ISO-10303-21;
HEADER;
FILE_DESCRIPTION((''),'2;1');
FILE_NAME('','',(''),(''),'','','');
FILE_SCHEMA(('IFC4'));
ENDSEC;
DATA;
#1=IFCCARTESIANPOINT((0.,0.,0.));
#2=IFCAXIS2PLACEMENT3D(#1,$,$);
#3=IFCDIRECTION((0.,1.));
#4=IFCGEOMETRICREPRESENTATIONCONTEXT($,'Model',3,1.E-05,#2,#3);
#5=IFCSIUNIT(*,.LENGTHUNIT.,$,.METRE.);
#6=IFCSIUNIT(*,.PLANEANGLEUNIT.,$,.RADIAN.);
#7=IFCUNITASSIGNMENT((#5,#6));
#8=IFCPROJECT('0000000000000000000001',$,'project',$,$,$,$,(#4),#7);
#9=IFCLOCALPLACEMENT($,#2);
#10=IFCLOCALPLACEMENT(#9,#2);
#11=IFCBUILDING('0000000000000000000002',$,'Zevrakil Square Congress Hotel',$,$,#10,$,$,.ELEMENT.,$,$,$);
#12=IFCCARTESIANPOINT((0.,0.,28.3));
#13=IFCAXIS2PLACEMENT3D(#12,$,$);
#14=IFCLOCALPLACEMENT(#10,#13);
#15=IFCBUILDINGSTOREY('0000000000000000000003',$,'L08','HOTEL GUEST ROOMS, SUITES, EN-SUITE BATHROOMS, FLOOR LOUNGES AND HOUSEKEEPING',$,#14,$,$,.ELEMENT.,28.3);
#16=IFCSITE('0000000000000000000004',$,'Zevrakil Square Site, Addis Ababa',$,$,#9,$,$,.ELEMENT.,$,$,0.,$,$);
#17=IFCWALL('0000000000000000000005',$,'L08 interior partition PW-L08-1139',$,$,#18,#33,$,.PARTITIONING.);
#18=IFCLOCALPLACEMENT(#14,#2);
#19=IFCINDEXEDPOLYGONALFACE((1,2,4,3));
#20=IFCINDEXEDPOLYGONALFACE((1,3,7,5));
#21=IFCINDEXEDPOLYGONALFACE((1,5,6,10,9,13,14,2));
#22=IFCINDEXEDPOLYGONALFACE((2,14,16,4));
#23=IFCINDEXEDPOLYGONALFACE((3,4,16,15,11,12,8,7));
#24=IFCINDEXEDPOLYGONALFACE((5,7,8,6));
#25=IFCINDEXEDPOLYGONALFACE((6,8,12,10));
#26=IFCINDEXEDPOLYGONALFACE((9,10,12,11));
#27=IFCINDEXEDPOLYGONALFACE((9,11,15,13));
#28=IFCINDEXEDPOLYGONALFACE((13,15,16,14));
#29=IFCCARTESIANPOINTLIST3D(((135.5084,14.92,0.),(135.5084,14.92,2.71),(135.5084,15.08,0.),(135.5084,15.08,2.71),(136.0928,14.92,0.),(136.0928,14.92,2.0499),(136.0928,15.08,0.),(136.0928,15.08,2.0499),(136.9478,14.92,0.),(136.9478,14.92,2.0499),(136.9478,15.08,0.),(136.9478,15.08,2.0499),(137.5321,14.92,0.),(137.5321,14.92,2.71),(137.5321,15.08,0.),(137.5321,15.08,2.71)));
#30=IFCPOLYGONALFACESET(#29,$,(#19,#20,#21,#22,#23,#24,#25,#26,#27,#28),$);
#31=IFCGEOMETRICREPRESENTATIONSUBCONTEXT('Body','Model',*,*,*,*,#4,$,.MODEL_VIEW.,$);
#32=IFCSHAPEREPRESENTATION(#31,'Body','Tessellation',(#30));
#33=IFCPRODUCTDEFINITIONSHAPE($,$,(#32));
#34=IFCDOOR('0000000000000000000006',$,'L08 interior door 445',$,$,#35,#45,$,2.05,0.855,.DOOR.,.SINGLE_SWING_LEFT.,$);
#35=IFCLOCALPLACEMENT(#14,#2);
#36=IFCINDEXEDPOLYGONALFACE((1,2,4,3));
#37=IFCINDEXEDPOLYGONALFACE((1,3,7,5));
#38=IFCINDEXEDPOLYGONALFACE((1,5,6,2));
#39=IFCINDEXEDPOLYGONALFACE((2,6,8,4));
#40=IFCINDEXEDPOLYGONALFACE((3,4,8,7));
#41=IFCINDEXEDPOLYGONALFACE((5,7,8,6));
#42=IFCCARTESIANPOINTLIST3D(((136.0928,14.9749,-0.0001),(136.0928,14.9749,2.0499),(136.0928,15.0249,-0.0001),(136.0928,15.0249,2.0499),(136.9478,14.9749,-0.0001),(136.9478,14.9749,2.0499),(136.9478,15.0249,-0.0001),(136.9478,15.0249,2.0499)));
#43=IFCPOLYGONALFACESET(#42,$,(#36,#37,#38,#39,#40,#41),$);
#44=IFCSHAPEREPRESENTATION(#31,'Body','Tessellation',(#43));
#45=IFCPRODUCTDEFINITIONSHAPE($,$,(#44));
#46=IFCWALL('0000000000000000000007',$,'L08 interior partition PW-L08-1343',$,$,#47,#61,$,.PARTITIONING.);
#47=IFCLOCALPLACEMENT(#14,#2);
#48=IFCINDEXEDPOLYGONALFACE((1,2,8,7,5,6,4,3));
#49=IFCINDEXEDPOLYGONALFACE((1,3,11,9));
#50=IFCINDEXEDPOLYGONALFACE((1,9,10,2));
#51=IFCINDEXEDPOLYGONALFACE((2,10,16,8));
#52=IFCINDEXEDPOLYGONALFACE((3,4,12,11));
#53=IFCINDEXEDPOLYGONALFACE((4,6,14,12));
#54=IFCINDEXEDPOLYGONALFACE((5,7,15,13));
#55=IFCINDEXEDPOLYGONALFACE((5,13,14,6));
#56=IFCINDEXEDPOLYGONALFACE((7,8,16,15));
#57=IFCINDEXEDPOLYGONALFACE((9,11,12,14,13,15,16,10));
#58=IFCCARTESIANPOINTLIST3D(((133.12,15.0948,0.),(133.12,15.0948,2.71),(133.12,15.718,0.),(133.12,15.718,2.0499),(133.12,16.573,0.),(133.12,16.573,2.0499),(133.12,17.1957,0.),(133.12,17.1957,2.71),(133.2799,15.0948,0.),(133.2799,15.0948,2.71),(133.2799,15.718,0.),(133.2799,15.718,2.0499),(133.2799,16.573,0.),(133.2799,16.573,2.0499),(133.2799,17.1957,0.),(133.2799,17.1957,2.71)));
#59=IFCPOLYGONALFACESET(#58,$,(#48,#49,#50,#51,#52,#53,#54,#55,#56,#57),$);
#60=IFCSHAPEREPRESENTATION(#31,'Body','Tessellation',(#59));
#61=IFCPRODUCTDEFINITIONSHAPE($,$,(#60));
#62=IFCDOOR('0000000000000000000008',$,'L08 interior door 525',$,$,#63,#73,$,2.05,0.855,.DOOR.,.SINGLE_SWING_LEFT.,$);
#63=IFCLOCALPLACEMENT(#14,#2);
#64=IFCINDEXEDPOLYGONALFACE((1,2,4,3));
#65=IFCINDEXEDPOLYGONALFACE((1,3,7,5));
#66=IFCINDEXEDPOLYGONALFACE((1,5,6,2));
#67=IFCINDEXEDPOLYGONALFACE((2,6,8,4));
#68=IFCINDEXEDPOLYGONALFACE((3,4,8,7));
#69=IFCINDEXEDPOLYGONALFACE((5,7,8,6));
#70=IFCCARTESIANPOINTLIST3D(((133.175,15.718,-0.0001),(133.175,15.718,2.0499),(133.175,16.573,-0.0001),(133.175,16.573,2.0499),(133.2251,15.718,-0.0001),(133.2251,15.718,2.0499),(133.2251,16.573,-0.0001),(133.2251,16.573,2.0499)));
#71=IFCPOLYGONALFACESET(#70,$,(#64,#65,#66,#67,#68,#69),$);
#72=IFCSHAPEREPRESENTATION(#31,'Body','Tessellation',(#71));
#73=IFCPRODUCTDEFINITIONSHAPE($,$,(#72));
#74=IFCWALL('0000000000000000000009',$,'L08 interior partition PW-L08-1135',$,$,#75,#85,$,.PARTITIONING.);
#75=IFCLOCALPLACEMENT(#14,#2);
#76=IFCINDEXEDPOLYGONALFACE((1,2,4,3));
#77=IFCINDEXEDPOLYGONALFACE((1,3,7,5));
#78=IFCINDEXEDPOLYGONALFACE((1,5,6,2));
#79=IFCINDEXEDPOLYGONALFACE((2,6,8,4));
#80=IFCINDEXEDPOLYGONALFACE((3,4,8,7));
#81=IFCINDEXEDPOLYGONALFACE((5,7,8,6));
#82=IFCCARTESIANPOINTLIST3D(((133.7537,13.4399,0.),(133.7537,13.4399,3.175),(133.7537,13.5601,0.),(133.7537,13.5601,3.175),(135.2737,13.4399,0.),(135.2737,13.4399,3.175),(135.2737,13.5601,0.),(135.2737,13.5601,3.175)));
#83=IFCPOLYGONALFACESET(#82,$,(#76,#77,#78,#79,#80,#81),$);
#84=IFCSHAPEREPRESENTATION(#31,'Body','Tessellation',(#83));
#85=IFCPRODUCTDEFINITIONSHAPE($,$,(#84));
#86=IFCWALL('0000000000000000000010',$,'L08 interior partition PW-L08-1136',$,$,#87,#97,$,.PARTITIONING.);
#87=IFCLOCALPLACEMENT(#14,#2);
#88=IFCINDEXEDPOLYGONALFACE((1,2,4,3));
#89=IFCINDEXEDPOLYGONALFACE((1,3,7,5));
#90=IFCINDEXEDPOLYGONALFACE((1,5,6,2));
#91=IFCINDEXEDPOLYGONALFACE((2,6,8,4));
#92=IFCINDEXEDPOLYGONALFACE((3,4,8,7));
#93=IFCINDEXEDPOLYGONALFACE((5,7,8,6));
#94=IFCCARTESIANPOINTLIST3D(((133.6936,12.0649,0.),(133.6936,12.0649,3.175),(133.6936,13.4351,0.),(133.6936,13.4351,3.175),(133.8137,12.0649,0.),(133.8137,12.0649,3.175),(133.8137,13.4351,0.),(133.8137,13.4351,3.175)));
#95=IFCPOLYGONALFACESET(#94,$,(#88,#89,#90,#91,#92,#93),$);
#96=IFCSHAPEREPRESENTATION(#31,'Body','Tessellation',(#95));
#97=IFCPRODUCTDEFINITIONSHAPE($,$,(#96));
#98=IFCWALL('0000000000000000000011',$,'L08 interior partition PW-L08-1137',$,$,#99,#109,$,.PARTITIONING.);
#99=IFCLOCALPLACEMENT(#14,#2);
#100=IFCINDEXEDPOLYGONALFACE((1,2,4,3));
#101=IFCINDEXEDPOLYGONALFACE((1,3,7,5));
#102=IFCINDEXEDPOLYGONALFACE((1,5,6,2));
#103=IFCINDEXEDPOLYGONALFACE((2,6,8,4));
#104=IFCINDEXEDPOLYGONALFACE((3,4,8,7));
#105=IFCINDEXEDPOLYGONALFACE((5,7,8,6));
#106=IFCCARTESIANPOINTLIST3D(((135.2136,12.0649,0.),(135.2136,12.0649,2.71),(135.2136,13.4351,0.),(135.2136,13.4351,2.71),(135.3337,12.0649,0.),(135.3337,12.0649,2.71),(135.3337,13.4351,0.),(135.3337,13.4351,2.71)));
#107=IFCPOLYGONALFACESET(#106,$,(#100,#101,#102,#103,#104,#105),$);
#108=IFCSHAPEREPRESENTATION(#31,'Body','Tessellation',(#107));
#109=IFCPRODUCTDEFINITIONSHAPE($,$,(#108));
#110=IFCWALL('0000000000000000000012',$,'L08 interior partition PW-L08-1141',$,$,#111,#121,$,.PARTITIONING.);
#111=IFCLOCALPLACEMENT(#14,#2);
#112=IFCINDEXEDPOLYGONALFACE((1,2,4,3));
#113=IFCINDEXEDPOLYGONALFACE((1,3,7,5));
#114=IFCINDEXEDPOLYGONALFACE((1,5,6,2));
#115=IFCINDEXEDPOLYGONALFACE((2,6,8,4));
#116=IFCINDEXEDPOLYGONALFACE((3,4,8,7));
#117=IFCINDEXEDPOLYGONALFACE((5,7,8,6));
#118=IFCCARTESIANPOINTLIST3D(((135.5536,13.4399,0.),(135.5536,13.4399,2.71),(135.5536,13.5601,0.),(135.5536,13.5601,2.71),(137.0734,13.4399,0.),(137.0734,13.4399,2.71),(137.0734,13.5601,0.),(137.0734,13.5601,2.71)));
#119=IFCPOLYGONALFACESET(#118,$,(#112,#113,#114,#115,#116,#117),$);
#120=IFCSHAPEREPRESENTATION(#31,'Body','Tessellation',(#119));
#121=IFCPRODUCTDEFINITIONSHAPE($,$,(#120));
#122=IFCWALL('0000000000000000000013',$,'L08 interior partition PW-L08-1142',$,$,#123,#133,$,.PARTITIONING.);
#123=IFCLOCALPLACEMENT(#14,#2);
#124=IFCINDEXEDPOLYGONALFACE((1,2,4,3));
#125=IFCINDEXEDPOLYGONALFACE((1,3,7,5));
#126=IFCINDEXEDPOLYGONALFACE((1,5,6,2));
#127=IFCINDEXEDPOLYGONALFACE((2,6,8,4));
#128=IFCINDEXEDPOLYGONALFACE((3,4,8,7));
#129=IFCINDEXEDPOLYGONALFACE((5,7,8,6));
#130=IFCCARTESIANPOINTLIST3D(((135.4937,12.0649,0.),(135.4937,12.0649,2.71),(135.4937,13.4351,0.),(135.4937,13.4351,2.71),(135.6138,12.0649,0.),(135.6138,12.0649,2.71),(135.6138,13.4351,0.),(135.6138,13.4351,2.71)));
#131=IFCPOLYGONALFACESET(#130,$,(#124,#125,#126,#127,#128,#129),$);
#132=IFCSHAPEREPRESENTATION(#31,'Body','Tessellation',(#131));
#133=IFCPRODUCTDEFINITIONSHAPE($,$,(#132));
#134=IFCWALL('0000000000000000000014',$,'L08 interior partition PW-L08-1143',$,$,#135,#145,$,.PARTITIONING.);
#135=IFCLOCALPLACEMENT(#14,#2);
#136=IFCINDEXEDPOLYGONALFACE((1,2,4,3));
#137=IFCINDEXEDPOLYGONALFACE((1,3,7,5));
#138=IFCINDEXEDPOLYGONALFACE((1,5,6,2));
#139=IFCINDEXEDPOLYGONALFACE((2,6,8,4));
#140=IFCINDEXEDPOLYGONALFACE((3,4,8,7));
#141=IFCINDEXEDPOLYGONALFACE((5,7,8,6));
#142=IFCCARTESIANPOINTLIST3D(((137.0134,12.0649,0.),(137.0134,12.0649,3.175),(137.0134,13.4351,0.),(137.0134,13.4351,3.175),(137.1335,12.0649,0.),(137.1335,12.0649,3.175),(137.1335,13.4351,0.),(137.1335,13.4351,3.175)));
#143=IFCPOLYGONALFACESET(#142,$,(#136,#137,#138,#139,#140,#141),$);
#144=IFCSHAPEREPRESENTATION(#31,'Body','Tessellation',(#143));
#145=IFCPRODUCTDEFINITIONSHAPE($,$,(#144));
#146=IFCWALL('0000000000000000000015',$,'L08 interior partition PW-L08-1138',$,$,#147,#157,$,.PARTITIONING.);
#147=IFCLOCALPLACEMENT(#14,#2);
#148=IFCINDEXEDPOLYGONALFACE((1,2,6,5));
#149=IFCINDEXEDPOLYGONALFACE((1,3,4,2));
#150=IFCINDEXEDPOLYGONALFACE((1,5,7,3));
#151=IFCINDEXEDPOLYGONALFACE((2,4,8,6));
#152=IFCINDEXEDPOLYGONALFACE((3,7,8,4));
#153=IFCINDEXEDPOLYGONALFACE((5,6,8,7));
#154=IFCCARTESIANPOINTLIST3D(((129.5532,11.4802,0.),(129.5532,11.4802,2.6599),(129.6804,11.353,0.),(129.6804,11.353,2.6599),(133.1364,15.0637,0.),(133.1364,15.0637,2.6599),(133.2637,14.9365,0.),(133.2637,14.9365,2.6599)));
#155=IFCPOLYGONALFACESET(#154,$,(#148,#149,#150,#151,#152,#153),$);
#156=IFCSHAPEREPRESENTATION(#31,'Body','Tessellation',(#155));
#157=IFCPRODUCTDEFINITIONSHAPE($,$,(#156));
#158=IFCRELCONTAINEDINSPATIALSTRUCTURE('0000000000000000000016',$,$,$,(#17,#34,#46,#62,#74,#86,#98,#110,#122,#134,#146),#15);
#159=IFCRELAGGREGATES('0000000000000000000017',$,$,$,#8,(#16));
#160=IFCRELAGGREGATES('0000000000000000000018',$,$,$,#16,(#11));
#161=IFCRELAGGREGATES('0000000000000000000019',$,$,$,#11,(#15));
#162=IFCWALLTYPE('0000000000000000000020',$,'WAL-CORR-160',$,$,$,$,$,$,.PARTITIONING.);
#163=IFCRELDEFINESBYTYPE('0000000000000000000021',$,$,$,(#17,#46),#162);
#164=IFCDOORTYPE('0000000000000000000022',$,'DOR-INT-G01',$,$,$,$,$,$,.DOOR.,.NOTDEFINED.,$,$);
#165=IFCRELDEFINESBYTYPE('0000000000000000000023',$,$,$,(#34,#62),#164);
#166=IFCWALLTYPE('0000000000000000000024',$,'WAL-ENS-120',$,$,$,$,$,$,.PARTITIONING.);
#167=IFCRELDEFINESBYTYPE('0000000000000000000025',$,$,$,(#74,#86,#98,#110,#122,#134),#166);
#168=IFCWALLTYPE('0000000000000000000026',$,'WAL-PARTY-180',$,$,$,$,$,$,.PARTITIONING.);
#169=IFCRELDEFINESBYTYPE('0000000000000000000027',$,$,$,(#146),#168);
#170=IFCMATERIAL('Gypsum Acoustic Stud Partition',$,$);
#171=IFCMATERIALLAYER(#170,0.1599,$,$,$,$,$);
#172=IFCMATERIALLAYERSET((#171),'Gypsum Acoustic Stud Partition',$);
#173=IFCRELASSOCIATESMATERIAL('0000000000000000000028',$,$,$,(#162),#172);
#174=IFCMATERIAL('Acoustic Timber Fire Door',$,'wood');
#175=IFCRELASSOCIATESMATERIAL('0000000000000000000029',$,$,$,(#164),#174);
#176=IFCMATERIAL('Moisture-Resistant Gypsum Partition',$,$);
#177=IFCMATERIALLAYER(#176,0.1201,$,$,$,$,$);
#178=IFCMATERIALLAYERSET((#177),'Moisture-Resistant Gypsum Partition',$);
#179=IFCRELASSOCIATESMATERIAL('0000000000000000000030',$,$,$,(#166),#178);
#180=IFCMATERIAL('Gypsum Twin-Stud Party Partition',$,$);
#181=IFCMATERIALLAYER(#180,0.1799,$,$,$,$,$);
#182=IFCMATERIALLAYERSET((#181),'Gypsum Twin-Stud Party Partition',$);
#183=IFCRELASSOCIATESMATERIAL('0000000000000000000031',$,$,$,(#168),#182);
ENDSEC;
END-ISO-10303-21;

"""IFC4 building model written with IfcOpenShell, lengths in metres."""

from ifc_helpers import new_model, si_unit, direction, frame, frame_2d, origin, place, context, subcontext, project, spatial, rectangle, extrude, material, layer, layer_set, type_object, element, fill, save


model = new_model("IFC4")

# Units and contexts
model_context = context("Model", 3, precision=1e-05, world=origin(), true_north=direction((0.0, 1.0)))
body_context = subcontext(model_context, "Body", "Model", "MODEL_VIEW")
ifc_project = project(units=[si_unit("LENGTHUNIT", "METRE"), si_unit("PLANEANGLEUNIT", "RADIAN")], contexts=[model_context])

# Site, building, storey
site_placement = place(None, origin())
site = spatial("IfcSite", under=ifc_project, at=site_placement, Name="Zevrakil Square Site, Addis Ababa", CompositionType="ELEMENT", RefElevation=0.0)
building_placement = place(site_placement, origin())
building = spatial("IfcBuilding", under=site, at=building_placement, Name="Zevrakil Square Congress Hotel", CompositionType="ELEMENT")
storey_placement = place(building_placement, frame((0.0, 0.0, 28.3)))
storey = spatial("IfcBuildingStorey", under=building, at=storey_placement, Name="L08", Description="HOTEL GUEST ROOMS, SUITES, EN-SUITE BATHROOMS, FLOOR LOUNGES AND HOUSEKEEPING", CompositionType="ELEMENT", Elevation=28.3)

# Walls, openings, doors
ifc_material_1 = material(Name="Gypsum Acoustic Stud Partition")
ifc_layer_1 = layer(ifc_material_1, 0.1599)
ifc_layer_set_1 = layer_set([ifc_layer_1], Name="Gypsum Acoustic Stud Partition")
wall_type_1 = type_object("IfcWallType", Name="WAL-CORR-160", PredefinedType="PARTITIONING", material=ifc_layer_set_1)
wall_1_placement = place(storey_placement, frame((135.5085, 15.0, 0.0), z_axis=(0.0, 0.0, 1.0), x_axis=(1.0, 0.0, 0.0)))
wall_1 = element("IfcWall", 1, at=wall_1_placement, inside=storey, type_object=wall_type_1, Name="L08 interior partition PW-L08-1139", PredefinedType="PARTITIONING", context=body_context, shape_type="SweptSolid", body=[
    extrude(rectangle(XDim=2.0237, YDim=0.1599, at=frame_2d((1.0117, 0.0))), origin(), (0.0, 0.0, 1.0), 2.71),
])
opening_1_placement = place(wall_1_placement, frame((0.5842, 0.0, 0.0)))
opening_1 = element("IfcOpeningElement", 2, at=opening_1_placement, cuts=wall_1, PredefinedType="OPENING", context=body_context, shape_type="SweptSolid", body=[
    extrude(rectangle(XDim=0.855, YDim=2.05, at=frame_2d((0.4275, 1.0249))), frame((0.0, 0.0898, 0.0), z_axis=(0.0, -1.0, 0.0), x_axis=(1.0, 0.0, 0.0)), (0.0, 0.0, 1.0), 0.1799),
])
ifc_material_2 = material(Name="Acoustic Timber Fire Door", Category="wood")
door_type_1 = type_object("IfcDoorType", Name="DOR-INT-G01", OperationType="NOTDEFINED", PredefinedType="DOOR", material=ifc_material_2)
door_1_placement = place(opening_1_placement, origin())
door_1 = element("IfcDoor", 3, at=door_1_placement, inside=storey, type_object=door_type_1, Name="L08 interior door 445", OperationType="SINGLE_SWING_LEFT", OverallHeight=2.05, OverallWidth=0.855, PredefinedType="DOOR", context=body_context, shape_type="SweptSolid", body=[
    extrude(rectangle(XDim=0.855, YDim=2.05, at=frame_2d((0.4275, 1.0249))), frame((0.0, 0.0249, 0.0), z_axis=(0.0, -1.0, 0.0), x_axis=(1.0, 0.0, 0.0)), (0.0, 0.0, 1.0), 0.05),
])
fill(opening_1, door_1)
wall_2_placement = place(storey_placement, frame((133.2, 15.095, 0.0), z_axis=(0.0, 0.0, 1.0), x_axis=(0.0, 1.0, 0.0)))
wall_2 = element("IfcWall", 4, at=wall_2_placement, inside=storey, type_object=wall_type_1, Name="L08 interior partition PW-L08-1343", PredefinedType="PARTITIONING", context=body_context, shape_type="SweptSolid", body=[
    extrude(rectangle(XDim=2.1008, YDim=0.1599, at=frame_2d((1.0503, 0.0))), origin(), (0.0, 0.0, 1.0), 2.71),
])
opening_2_placement = place(wall_2_placement, frame((0.623, 0.0, 0.0)))
opening_2 = element("IfcOpeningElement", 5, at=opening_2_placement, cuts=wall_2, PredefinedType="OPENING", context=body_context, shape_type="SweptSolid", body=[
    extrude(rectangle(XDim=0.855, YDim=2.05, at=frame_2d((0.4275, 1.0249))), frame((0.0, 0.0898, 0.0), z_axis=(0.0, -1.0, 0.0), x_axis=(1.0, 0.0, 0.0)), (0.0, 0.0, 1.0), 0.1799),
])
door_2_placement = place(opening_2_placement, origin())
door_2 = element("IfcDoor", 6, at=door_2_placement, inside=storey, type_object=door_type_1, Name="L08 interior door 525", OperationType="SINGLE_SWING_LEFT", OverallHeight=2.05, OverallWidth=0.855, PredefinedType="DOOR", context=body_context, shape_type="SweptSolid", body=[
    extrude(rectangle(XDim=0.855, YDim=2.05, at=frame_2d((0.4275, 1.0249))), frame((0.0, 0.0249, 0.0), z_axis=(0.0, -1.0, 0.0), x_axis=(1.0, 0.0, 0.0)), (0.0, 0.0, 1.0), 0.05),
])
fill(opening_2, door_2)

# Walls
ifc_material_3 = material(Name="Moisture-Resistant Gypsum Partition")
ifc_layer_2 = layer(ifc_material_3, 0.1201)
ifc_layer_set_2 = layer_set([ifc_layer_2], Name="Moisture-Resistant Gypsum Partition")
wall_type_2 = type_object("IfcWallType", Name="WAL-ENS-120", PredefinedType="PARTITIONING", material=ifc_layer_set_2)
wall_3_placement = place(storey_placement, frame((133.7537, 13.5, 0.0), z_axis=(0.0, 0.0, 1.0), x_axis=(1.0, 0.0, 0.0)))
element("IfcWall", 7, at=wall_3_placement, inside=storey, type_object=wall_type_2, Name="L08 interior partition PW-L08-1135", PredefinedType="PARTITIONING", context=body_context, shape_type="SweptSolid", body=[
    extrude(rectangle(XDim=1.52, YDim=0.1201, at=frame_2d((0.76, 0.0))), origin(), (0.0, 0.0, 1.0), 3.175),
])
wall_4_placement = place(storey_placement, frame((133.7537, 12.0649, 0.0), z_axis=(0.0, 0.0, 1.0), x_axis=(0.0, 1.0, 0.0)))
element("IfcWall", 8, at=wall_4_placement, inside=storey, type_object=wall_type_2, Name="L08 interior partition PW-L08-1136", PredefinedType="PARTITIONING", context=body_context, shape_type="SweptSolid", body=[
    extrude(rectangle(XDim=1.3701, YDim=0.1201, at=frame_2d((0.6851, 0.0))), origin(), (0.0, 0.0, 1.0), 3.175),
])
wall_5_placement = place(storey_placement, frame((135.2737, 12.0649, 0.0), z_axis=(0.0, 0.0, 1.0), x_axis=(0.0, 1.0, 0.0)))
element("IfcWall", 9, at=wall_5_placement, inside=storey, type_object=wall_type_2, Name="L08 interior partition PW-L08-1137", PredefinedType="PARTITIONING", context=body_context, shape_type="SweptSolid", body=[
    extrude(rectangle(XDim=1.3701, YDim=0.1201, at=frame_2d((0.6851, 0.0))), origin(), (0.0, 0.0, 1.0), 2.71),
])
wall_6_placement = place(storey_placement, frame((135.5537, 13.5, 0.0), z_axis=(0.0, 0.0, 1.0), x_axis=(1.0, 0.0, 0.0)))
element("IfcWall", 10, at=wall_6_placement, inside=storey, type_object=wall_type_2, Name="L08 interior partition PW-L08-1141", PredefinedType="PARTITIONING", context=body_context, shape_type="SweptSolid", body=[
    extrude(rectangle(XDim=1.5198, YDim=0.1201, at=frame_2d((0.7598, 0.0))), origin(), (0.0, 0.0, 1.0), 2.71),
])
wall_7_placement = place(storey_placement, frame((135.5537, 12.0649, 0.0), z_axis=(0.0, 0.0, 1.0), x_axis=(0.0, 1.0, 0.0)))
element("IfcWall", 11, at=wall_7_placement, inside=storey, type_object=wall_type_2, Name="L08 interior partition PW-L08-1142", PredefinedType="PARTITIONING", context=body_context, shape_type="SweptSolid", body=[
    extrude(rectangle(XDim=1.3701, YDim=0.1201, at=frame_2d((0.6851, 0.0))), origin(), (0.0, 0.0, 1.0), 2.71),
])
wall_8_placement = place(storey_placement, frame((137.0735, 12.0649, 0.0), z_axis=(0.0, 0.0, 1.0), x_axis=(0.0, 1.0, 0.0)))
element("IfcWall", 12, at=wall_8_placement, inside=storey, type_object=wall_type_2, Name="L08 interior partition PW-L08-1143", PredefinedType="PARTITIONING", context=body_context, shape_type="SweptSolid", body=[
    extrude(rectangle(XDim=1.3701, YDim=0.1201, at=frame_2d((0.6851, 0.0))), origin(), (0.0, 0.0, 1.0), 3.175),
])
ifc_material_4 = material(Name="Gypsum Twin-Stud Party Partition")
ifc_layer_3 = layer(ifc_material_4, 0.1799)
ifc_layer_set_3 = layer_set([ifc_layer_3], Name="Gypsum Twin-Stud Party Partition")
wall_type_3 = type_object("IfcWallType", Name="WAL-PARTY-180", PredefinedType="PARTITIONING", material=ifc_layer_set_3)
wall_9_placement = place(storey_placement, frame((133.2, 15.0, 0.0), z_axis=(0.0, 0.0, 1.0), x_axis=(-0.707083, -0.707131, 0.0)))
element("IfcWall", 13, at=wall_9_placement, inside=storey, type_object=wall_type_3, Name="L08 interior partition PW-L08-1138", PredefinedType="PARTITIONING", context=body_context, shape_type="SweptSolid", body=[
    extrude(rectangle(XDim=5.0676, YDim=0.1799, at=frame_2d((2.5337, 0.0))), origin(), (0.0, 0.0, 1.0), 2.6599),
])

save(model, "model.ifc")
